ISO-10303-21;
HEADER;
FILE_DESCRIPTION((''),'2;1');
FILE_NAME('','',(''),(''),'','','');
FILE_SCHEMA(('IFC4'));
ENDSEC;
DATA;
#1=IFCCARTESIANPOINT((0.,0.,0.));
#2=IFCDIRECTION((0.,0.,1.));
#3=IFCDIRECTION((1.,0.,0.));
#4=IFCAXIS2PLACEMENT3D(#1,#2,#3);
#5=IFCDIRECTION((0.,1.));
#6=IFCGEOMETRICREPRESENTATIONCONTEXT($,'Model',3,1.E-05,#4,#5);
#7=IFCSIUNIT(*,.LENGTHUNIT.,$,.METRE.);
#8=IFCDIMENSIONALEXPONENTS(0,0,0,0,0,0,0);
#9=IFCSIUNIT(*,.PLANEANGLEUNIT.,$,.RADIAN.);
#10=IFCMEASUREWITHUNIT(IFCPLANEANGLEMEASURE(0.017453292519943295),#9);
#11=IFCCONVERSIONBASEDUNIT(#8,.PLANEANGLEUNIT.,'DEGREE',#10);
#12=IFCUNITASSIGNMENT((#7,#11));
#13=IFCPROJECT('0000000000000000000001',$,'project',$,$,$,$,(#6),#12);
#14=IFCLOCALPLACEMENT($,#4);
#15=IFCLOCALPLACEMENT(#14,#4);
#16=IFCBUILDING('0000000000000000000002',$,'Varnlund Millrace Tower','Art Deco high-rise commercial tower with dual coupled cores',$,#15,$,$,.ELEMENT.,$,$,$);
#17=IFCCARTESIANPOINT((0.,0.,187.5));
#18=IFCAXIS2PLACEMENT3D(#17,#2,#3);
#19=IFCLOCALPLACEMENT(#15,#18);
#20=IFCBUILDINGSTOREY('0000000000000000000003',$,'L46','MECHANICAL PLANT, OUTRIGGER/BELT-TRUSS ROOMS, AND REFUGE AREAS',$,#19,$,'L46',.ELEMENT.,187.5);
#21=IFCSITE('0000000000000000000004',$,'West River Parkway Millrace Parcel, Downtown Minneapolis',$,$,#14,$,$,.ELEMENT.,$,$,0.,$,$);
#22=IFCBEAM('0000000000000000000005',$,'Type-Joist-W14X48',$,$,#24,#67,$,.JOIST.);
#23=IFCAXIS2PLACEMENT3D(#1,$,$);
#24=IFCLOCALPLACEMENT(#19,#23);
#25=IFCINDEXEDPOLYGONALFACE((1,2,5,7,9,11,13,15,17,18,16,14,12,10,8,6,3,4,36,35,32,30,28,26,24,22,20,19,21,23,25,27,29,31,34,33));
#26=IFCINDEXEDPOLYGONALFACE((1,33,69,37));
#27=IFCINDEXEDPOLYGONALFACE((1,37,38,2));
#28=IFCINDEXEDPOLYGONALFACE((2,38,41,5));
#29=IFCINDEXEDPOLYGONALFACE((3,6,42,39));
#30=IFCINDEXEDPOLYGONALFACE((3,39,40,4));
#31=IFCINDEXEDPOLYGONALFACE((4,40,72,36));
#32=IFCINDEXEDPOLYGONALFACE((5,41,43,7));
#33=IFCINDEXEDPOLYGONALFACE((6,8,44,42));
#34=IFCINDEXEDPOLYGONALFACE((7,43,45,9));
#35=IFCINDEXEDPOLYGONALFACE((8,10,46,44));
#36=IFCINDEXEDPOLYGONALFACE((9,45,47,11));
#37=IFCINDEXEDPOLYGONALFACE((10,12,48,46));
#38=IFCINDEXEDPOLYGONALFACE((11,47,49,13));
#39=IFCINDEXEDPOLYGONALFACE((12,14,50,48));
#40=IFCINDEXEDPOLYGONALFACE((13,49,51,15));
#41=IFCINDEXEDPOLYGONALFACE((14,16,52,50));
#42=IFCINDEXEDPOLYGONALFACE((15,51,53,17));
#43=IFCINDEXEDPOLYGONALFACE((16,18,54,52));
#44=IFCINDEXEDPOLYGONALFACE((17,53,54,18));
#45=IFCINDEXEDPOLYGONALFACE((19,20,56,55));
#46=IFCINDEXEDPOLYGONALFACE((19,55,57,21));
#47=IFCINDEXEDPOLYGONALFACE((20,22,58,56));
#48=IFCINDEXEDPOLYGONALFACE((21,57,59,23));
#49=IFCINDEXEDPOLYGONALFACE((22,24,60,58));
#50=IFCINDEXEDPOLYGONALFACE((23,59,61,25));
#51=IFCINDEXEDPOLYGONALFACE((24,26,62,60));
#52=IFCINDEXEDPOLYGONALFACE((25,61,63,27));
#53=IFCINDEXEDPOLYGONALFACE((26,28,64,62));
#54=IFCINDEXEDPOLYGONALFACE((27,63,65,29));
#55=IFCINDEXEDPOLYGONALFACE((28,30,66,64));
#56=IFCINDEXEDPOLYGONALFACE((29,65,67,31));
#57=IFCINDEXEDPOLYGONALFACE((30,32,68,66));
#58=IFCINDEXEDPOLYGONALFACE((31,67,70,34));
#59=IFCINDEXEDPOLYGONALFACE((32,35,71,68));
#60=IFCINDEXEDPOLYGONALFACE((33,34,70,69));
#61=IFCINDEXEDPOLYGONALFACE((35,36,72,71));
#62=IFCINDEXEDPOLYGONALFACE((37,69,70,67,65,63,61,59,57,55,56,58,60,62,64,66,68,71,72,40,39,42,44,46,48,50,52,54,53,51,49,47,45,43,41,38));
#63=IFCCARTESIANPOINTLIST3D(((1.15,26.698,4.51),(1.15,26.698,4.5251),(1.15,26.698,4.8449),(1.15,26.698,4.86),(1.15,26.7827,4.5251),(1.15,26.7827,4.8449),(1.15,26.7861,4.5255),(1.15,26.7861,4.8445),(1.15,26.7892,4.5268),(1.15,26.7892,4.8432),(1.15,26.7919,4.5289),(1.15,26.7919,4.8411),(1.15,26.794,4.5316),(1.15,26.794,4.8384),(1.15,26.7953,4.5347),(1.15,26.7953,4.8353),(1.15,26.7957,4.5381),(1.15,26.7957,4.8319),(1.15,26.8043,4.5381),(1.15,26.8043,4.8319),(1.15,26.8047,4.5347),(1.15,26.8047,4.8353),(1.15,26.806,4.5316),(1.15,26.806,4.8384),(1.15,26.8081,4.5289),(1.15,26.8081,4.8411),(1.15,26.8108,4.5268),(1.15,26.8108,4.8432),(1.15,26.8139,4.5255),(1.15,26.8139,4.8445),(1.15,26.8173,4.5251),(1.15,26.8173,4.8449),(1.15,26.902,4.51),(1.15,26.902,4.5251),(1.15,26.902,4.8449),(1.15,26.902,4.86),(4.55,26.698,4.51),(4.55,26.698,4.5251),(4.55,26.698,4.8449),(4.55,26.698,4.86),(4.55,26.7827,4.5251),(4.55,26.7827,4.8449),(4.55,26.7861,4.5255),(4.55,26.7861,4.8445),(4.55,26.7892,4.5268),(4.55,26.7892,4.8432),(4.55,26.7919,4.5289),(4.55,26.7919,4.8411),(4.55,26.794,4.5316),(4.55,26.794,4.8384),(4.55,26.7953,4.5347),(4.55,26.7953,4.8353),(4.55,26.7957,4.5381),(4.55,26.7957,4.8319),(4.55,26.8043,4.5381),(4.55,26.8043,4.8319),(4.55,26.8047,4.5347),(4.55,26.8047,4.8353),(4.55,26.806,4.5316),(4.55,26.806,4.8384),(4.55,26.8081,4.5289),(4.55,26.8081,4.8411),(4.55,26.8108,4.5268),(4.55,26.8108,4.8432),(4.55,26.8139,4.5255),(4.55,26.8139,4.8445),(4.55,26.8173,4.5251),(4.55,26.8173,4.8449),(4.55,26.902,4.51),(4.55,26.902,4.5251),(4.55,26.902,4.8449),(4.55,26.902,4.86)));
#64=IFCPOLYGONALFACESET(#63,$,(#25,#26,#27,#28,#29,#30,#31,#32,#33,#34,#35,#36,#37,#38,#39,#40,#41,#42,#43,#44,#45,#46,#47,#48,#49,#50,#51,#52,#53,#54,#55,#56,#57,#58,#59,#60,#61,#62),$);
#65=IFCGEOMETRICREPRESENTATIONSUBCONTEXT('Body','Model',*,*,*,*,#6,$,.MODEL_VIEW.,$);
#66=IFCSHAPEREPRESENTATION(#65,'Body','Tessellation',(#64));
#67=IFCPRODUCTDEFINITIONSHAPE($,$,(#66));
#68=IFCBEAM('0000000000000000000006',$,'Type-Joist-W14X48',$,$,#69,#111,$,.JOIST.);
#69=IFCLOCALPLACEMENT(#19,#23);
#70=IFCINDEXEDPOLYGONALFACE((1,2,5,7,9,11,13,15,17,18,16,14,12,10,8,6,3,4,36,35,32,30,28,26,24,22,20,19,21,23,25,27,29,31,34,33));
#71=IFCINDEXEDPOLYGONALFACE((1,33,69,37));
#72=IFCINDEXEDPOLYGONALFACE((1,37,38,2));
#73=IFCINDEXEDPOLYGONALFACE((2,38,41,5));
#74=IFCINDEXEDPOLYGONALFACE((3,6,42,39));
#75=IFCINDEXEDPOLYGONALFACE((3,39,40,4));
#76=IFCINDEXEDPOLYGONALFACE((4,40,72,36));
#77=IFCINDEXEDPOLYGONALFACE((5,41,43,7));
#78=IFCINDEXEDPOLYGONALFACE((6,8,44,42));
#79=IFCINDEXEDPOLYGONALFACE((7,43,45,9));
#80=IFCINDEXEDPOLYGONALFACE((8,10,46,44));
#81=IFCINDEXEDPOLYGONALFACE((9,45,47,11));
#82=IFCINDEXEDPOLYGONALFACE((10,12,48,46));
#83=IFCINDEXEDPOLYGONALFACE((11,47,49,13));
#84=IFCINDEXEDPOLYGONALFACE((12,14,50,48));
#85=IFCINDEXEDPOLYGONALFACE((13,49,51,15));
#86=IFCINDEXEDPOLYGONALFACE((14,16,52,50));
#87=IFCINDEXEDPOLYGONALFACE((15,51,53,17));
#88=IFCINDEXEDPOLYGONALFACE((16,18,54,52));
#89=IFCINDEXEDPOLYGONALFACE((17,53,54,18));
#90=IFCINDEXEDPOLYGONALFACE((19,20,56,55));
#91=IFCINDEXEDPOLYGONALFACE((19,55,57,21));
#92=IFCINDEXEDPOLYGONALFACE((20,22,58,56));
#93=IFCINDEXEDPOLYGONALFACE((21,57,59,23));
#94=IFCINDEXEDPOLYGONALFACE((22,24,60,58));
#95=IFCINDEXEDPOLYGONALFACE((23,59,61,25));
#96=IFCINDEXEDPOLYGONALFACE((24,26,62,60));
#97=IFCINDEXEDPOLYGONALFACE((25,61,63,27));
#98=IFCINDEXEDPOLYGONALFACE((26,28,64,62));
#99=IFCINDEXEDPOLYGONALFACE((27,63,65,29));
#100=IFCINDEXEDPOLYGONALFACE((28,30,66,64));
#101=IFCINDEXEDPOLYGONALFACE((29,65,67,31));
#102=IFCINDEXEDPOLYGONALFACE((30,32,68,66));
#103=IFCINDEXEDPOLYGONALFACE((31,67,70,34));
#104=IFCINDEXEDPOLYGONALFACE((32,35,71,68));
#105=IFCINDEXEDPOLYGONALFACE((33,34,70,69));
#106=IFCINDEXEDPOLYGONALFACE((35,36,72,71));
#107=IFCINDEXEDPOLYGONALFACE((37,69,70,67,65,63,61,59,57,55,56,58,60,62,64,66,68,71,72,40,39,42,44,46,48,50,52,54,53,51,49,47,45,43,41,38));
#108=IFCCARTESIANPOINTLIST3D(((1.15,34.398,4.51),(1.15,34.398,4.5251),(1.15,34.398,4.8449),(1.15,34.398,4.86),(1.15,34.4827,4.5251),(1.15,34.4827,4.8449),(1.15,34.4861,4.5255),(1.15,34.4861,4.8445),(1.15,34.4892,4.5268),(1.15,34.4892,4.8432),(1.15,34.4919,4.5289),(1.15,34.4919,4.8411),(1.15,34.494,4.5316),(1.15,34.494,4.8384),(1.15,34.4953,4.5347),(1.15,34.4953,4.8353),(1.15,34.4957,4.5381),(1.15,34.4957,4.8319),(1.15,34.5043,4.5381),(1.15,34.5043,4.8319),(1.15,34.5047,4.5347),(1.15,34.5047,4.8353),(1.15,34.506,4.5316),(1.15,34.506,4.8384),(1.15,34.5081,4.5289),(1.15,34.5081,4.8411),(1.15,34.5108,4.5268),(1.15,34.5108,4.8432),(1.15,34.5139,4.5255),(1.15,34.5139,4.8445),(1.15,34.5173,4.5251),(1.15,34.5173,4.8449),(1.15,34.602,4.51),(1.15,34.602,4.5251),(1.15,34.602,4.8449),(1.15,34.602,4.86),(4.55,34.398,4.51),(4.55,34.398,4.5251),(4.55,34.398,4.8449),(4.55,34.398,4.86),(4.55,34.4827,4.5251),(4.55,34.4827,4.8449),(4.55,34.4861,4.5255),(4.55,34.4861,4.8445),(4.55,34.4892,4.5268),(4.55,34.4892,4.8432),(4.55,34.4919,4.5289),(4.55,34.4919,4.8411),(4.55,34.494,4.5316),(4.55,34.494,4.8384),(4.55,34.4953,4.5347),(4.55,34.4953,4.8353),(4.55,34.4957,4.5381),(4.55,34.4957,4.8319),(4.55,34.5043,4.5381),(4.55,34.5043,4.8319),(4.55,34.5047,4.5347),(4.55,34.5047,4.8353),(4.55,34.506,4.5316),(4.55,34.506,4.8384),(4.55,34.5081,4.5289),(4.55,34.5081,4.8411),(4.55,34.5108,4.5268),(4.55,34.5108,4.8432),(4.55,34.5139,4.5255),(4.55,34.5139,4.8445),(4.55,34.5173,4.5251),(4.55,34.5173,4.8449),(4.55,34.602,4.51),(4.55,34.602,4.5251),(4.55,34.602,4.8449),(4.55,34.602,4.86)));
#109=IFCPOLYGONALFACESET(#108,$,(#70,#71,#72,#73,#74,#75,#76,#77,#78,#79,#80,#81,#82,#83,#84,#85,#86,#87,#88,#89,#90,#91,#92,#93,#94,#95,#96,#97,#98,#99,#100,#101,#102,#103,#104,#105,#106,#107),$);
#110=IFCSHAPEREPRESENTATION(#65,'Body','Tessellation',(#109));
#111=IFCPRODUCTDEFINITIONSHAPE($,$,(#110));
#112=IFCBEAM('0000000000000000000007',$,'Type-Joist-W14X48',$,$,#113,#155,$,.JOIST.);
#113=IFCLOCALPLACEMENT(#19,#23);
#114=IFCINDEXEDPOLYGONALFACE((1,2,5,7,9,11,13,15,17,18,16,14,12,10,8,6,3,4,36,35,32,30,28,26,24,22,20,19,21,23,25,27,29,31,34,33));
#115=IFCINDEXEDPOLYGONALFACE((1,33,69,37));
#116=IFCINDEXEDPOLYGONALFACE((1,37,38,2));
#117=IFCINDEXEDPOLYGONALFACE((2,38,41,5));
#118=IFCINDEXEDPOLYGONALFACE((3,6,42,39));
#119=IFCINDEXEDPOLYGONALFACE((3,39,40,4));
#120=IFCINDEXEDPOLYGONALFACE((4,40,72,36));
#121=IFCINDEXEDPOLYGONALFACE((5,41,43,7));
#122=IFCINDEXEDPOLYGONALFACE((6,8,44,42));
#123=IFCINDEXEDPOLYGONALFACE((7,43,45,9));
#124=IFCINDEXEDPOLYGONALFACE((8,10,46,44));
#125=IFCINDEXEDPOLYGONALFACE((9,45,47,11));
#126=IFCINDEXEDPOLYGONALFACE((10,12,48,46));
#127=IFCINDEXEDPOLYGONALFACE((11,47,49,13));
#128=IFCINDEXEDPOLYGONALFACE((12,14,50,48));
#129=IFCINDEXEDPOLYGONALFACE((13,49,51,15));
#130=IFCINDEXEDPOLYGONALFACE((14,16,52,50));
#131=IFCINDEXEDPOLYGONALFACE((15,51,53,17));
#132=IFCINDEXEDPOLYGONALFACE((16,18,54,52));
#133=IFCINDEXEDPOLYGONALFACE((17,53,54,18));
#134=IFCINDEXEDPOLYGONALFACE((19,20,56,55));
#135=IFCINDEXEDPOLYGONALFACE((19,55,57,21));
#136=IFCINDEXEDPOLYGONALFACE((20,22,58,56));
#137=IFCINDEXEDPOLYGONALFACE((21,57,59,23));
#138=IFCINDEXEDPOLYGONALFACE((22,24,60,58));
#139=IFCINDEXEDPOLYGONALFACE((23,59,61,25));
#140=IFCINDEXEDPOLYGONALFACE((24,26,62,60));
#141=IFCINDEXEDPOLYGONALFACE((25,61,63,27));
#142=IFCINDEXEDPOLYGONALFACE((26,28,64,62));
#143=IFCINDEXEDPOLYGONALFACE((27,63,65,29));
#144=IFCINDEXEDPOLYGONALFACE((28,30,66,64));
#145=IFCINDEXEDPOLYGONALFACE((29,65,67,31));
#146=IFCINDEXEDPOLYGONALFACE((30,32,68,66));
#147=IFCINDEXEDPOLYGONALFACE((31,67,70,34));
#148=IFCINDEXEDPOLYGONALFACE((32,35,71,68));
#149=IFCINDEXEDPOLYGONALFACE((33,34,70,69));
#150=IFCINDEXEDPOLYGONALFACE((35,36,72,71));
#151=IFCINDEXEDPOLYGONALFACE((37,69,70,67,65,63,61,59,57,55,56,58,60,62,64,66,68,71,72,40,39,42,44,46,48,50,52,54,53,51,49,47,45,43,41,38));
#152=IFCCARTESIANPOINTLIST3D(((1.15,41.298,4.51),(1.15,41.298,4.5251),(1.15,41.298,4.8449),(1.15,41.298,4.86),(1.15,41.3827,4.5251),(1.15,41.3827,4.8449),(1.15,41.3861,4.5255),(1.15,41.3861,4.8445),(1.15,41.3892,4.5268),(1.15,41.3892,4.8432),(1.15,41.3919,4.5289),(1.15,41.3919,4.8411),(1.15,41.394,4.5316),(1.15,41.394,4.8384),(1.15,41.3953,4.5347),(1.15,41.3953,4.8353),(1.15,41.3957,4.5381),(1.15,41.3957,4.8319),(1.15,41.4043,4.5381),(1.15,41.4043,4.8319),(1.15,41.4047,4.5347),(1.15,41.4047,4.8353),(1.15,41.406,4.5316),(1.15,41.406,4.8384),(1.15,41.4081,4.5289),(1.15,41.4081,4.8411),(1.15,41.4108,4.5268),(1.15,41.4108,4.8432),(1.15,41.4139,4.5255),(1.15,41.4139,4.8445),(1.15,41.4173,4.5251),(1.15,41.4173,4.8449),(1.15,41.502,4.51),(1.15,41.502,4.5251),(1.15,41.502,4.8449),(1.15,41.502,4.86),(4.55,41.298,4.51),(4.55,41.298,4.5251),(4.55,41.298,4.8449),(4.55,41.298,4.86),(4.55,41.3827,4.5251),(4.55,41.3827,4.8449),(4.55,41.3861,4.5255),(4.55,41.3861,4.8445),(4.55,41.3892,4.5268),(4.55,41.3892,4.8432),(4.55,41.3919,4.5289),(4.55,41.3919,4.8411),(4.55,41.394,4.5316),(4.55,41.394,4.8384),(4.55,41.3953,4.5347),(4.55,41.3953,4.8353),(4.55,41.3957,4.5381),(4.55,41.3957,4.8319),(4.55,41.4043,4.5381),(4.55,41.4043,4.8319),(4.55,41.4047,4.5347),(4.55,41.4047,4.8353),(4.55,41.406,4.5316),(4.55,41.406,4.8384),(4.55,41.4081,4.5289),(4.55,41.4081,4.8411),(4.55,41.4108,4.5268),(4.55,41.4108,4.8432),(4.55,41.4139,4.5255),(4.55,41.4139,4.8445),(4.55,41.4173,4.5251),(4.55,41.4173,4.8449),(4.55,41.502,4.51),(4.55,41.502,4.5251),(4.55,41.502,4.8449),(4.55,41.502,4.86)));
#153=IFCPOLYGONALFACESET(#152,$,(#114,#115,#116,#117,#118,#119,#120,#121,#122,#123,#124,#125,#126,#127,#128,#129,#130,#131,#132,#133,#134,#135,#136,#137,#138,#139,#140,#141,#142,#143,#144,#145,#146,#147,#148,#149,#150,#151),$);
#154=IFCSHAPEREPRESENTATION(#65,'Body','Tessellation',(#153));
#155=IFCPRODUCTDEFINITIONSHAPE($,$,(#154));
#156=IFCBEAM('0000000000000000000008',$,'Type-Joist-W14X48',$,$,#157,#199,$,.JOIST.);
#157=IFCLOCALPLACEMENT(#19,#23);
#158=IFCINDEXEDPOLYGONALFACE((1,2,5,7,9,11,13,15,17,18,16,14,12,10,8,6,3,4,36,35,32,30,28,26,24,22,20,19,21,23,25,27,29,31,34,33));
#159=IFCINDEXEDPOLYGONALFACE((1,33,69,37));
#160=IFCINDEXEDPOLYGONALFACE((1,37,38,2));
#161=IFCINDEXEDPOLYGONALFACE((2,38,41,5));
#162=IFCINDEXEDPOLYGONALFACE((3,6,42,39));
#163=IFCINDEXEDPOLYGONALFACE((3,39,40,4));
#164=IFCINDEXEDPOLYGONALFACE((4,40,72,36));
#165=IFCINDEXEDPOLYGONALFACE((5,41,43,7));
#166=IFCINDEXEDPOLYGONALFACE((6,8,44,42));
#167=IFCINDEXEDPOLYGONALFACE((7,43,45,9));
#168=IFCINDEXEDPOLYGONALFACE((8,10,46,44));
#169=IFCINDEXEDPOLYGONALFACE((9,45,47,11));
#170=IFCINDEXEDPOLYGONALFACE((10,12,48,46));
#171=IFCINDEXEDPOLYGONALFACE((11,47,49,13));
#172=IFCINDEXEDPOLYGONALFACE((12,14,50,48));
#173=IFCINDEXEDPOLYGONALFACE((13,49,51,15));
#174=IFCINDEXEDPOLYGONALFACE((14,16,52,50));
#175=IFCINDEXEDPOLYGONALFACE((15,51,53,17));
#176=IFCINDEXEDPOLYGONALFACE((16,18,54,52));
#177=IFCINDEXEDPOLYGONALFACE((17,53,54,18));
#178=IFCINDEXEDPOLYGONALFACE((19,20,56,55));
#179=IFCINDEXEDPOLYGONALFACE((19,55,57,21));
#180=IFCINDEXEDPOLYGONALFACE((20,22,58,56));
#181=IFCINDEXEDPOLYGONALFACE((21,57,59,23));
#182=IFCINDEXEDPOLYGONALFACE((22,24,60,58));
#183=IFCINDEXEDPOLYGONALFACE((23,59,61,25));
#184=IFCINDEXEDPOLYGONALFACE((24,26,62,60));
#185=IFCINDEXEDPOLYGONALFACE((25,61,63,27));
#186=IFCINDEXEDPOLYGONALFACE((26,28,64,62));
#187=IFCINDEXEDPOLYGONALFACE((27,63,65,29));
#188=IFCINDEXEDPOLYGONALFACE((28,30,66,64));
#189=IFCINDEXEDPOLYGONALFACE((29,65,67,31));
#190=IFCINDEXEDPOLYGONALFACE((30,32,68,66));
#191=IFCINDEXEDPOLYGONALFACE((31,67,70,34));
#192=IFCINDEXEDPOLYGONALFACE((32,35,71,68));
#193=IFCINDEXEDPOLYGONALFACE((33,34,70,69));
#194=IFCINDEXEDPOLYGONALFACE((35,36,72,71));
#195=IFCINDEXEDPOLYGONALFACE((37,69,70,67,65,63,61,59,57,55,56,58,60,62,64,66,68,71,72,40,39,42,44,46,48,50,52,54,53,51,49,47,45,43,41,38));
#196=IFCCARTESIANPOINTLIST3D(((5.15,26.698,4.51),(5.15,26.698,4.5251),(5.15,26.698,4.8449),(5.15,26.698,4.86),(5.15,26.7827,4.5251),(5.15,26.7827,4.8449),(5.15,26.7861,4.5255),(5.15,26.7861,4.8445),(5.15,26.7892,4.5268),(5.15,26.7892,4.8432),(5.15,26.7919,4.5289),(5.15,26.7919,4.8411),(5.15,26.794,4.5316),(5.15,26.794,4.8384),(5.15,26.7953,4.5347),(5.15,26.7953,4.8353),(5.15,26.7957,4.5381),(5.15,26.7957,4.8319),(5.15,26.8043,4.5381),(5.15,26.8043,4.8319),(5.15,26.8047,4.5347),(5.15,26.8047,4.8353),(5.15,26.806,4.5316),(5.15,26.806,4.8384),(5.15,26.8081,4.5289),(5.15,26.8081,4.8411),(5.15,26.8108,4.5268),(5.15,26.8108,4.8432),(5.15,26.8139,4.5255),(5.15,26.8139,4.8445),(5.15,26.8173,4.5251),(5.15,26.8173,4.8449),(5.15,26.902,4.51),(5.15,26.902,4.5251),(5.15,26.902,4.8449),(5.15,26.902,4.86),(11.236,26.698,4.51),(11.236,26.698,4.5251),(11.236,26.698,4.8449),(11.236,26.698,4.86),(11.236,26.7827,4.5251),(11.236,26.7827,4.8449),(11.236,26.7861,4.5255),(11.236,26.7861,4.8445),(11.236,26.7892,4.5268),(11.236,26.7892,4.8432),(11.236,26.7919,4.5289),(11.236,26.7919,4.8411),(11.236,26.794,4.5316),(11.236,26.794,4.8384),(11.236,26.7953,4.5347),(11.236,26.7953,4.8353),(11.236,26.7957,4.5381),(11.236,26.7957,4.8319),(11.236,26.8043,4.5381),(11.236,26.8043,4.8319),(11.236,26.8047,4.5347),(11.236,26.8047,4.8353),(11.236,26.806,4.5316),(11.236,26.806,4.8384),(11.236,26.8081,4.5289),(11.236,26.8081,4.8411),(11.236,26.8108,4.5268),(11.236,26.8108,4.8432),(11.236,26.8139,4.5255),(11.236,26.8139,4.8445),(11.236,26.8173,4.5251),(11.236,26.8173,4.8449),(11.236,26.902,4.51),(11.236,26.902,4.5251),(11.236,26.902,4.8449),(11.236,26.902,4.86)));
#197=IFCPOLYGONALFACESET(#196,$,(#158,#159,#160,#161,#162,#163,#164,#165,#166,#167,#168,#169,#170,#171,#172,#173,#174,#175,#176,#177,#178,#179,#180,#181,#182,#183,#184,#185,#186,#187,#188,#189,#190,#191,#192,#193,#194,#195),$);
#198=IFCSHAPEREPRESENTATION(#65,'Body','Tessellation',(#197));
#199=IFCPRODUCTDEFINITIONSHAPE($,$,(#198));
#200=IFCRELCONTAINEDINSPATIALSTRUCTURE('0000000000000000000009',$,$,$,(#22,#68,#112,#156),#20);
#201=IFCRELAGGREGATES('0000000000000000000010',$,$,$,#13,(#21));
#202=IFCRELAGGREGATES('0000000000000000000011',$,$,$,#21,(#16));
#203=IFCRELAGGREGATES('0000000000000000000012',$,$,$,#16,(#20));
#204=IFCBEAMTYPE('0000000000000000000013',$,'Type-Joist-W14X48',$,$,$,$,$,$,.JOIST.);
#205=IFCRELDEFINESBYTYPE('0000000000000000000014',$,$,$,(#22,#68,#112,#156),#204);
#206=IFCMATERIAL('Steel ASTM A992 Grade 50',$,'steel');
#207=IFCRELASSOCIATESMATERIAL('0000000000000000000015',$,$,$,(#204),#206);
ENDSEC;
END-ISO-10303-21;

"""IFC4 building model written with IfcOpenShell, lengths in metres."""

from ifc_helpers import new_model, entity, si_unit, converted_unit, direction, frame, origin_with_axes, origin_2d_with_axis, place, context, subcontext, project, spatial, i_section, extrude, material, material_profile, profile_set, type_object, element, save


model = new_model("IFC4")

# Units and contexts
model_context = context("Model", 3, precision=1e-05, world=origin_with_axes(), true_north=direction((0.0, 1.0)))
body_context = subcontext(model_context, "Body", "Model", "MODEL_VIEW")
ifc_project = project(units=[si_unit("LENGTHUNIT", "METRE"), converted_unit("PLANEANGLEUNIT", "DEGREE", entity("IfcPlaneAngleMeasure", 0.017453292519943295), si_unit("PLANEANGLEUNIT", "RADIAN"), dimensions=[0, 0, 0, 0, 0, 0, 0])], contexts=[model_context])

# Site, building, storey
site_placement = place(None, origin_with_axes())
site = spatial("IfcSite", under=ifc_project, at=site_placement, Name="West River Parkway Millrace Parcel, Downtown Minneapolis", CompositionType="ELEMENT", RefElevation=0.0)
building_placement = place(site_placement, origin_with_axes())
building = spatial("IfcBuilding", under=site, at=building_placement, Name="Varnlund Millrace Tower", Description="Art Deco high-rise commercial tower with dual coupled cores", CompositionType="ELEMENT")
storey_placement = place(building_placement, frame((0.0, 0.0, 187.5), z_axis=(0.0, 0.0, 1.0), x_axis=(1.0, 0.0, 0.0)))
storey = spatial("IfcBuildingStorey", under=building, at=storey_placement, Name="L46", Description="MECHANICAL PLANT, OUTRIGGER/BELT-TRUSS ROOMS, AND REFUGE AREAS", LongName="L46", CompositionType="ELEMENT", Elevation=187.5)

# Beams
ifc_material_1 = material(Name="Steel ASTM A992 Grade 50", Category="steel")
ifc_material_profile_1 = material_profile(ifc_material_1, i_section(OverallWidth=0.204, OverallDepth=0.35, WebThickness=0.0086, FlangeThickness=0.0151, FilletRadius=0.013, at=origin_2d_with_axis()), Name="Steel ASTM A992 Grade 50")
ifc_profile_set_1 = profile_set([ifc_material_profile_1], Name="Steel ASTM A992 Grade 50")
beam_type_1 = type_object("IfcBeamType", Name="Type-Joist-W14X48", PredefinedType="JOIST", material=ifc_profile_set_1)
for number, where, z_axis, x_axis, name in (
    (1, (1.15, 26.8, 4.685), (1.0, 0.0, 0.0), (0.0, 1.0, 0.0), "Type-Joist-W14X48"),
    (2, (1.15, 34.5, 4.685), (1.0, 0.0, 0.0), (0.0, 1.0, 0.0), "Type-Joist-W14X48"),
    (3, (1.15, 41.4, 4.685), (1.0, 0.0, 0.0), (0.0, 1.0, 0.0), "Type-Joist-W14X48"),
):
    element("IfcBeam", number, at=place(storey_placement, frame(where, z_axis=z_axis, x_axis=x_axis)), inside=storey, type_object=beam_type_1, Name=name, PredefinedType="JOIST", context=body_context, shape_type="SweptSolid", body=[
        extrude(i_section(OverallWidth=0.204, OverallDepth=0.35, WebThickness=0.0086, FlangeThickness=0.0151, FilletRadius=0.013, at=origin_2d_with_axis()), origin_with_axes(), (0.0, 0.0, 1.0), 3.4),
    ])
for number, where, z_axis, x_axis, name in (
    (4, (5.15, 26.8, 4.685), (1.0, 0.0, 0.0), (0.0, 1.0, 0.0), "Type-Joist-W14X48"),
):
    element("IfcBeam", number, at=place(storey_placement, frame(where, z_axis=z_axis, x_axis=x_axis)), inside=storey, type_object=beam_type_1, Name=name, PredefinedType="JOIST", context=body_context, shape_type="SweptSolid", body=[
        extrude(i_section(OverallWidth=0.204, OverallDepth=0.35, WebThickness=0.0086, FlangeThickness=0.0151, FilletRadius=0.013, at=origin_2d_with_axis()), origin_with_axes(), (0.0, 0.0, 1.0), 6.086),
    ])

save(model, "model.ifc")
